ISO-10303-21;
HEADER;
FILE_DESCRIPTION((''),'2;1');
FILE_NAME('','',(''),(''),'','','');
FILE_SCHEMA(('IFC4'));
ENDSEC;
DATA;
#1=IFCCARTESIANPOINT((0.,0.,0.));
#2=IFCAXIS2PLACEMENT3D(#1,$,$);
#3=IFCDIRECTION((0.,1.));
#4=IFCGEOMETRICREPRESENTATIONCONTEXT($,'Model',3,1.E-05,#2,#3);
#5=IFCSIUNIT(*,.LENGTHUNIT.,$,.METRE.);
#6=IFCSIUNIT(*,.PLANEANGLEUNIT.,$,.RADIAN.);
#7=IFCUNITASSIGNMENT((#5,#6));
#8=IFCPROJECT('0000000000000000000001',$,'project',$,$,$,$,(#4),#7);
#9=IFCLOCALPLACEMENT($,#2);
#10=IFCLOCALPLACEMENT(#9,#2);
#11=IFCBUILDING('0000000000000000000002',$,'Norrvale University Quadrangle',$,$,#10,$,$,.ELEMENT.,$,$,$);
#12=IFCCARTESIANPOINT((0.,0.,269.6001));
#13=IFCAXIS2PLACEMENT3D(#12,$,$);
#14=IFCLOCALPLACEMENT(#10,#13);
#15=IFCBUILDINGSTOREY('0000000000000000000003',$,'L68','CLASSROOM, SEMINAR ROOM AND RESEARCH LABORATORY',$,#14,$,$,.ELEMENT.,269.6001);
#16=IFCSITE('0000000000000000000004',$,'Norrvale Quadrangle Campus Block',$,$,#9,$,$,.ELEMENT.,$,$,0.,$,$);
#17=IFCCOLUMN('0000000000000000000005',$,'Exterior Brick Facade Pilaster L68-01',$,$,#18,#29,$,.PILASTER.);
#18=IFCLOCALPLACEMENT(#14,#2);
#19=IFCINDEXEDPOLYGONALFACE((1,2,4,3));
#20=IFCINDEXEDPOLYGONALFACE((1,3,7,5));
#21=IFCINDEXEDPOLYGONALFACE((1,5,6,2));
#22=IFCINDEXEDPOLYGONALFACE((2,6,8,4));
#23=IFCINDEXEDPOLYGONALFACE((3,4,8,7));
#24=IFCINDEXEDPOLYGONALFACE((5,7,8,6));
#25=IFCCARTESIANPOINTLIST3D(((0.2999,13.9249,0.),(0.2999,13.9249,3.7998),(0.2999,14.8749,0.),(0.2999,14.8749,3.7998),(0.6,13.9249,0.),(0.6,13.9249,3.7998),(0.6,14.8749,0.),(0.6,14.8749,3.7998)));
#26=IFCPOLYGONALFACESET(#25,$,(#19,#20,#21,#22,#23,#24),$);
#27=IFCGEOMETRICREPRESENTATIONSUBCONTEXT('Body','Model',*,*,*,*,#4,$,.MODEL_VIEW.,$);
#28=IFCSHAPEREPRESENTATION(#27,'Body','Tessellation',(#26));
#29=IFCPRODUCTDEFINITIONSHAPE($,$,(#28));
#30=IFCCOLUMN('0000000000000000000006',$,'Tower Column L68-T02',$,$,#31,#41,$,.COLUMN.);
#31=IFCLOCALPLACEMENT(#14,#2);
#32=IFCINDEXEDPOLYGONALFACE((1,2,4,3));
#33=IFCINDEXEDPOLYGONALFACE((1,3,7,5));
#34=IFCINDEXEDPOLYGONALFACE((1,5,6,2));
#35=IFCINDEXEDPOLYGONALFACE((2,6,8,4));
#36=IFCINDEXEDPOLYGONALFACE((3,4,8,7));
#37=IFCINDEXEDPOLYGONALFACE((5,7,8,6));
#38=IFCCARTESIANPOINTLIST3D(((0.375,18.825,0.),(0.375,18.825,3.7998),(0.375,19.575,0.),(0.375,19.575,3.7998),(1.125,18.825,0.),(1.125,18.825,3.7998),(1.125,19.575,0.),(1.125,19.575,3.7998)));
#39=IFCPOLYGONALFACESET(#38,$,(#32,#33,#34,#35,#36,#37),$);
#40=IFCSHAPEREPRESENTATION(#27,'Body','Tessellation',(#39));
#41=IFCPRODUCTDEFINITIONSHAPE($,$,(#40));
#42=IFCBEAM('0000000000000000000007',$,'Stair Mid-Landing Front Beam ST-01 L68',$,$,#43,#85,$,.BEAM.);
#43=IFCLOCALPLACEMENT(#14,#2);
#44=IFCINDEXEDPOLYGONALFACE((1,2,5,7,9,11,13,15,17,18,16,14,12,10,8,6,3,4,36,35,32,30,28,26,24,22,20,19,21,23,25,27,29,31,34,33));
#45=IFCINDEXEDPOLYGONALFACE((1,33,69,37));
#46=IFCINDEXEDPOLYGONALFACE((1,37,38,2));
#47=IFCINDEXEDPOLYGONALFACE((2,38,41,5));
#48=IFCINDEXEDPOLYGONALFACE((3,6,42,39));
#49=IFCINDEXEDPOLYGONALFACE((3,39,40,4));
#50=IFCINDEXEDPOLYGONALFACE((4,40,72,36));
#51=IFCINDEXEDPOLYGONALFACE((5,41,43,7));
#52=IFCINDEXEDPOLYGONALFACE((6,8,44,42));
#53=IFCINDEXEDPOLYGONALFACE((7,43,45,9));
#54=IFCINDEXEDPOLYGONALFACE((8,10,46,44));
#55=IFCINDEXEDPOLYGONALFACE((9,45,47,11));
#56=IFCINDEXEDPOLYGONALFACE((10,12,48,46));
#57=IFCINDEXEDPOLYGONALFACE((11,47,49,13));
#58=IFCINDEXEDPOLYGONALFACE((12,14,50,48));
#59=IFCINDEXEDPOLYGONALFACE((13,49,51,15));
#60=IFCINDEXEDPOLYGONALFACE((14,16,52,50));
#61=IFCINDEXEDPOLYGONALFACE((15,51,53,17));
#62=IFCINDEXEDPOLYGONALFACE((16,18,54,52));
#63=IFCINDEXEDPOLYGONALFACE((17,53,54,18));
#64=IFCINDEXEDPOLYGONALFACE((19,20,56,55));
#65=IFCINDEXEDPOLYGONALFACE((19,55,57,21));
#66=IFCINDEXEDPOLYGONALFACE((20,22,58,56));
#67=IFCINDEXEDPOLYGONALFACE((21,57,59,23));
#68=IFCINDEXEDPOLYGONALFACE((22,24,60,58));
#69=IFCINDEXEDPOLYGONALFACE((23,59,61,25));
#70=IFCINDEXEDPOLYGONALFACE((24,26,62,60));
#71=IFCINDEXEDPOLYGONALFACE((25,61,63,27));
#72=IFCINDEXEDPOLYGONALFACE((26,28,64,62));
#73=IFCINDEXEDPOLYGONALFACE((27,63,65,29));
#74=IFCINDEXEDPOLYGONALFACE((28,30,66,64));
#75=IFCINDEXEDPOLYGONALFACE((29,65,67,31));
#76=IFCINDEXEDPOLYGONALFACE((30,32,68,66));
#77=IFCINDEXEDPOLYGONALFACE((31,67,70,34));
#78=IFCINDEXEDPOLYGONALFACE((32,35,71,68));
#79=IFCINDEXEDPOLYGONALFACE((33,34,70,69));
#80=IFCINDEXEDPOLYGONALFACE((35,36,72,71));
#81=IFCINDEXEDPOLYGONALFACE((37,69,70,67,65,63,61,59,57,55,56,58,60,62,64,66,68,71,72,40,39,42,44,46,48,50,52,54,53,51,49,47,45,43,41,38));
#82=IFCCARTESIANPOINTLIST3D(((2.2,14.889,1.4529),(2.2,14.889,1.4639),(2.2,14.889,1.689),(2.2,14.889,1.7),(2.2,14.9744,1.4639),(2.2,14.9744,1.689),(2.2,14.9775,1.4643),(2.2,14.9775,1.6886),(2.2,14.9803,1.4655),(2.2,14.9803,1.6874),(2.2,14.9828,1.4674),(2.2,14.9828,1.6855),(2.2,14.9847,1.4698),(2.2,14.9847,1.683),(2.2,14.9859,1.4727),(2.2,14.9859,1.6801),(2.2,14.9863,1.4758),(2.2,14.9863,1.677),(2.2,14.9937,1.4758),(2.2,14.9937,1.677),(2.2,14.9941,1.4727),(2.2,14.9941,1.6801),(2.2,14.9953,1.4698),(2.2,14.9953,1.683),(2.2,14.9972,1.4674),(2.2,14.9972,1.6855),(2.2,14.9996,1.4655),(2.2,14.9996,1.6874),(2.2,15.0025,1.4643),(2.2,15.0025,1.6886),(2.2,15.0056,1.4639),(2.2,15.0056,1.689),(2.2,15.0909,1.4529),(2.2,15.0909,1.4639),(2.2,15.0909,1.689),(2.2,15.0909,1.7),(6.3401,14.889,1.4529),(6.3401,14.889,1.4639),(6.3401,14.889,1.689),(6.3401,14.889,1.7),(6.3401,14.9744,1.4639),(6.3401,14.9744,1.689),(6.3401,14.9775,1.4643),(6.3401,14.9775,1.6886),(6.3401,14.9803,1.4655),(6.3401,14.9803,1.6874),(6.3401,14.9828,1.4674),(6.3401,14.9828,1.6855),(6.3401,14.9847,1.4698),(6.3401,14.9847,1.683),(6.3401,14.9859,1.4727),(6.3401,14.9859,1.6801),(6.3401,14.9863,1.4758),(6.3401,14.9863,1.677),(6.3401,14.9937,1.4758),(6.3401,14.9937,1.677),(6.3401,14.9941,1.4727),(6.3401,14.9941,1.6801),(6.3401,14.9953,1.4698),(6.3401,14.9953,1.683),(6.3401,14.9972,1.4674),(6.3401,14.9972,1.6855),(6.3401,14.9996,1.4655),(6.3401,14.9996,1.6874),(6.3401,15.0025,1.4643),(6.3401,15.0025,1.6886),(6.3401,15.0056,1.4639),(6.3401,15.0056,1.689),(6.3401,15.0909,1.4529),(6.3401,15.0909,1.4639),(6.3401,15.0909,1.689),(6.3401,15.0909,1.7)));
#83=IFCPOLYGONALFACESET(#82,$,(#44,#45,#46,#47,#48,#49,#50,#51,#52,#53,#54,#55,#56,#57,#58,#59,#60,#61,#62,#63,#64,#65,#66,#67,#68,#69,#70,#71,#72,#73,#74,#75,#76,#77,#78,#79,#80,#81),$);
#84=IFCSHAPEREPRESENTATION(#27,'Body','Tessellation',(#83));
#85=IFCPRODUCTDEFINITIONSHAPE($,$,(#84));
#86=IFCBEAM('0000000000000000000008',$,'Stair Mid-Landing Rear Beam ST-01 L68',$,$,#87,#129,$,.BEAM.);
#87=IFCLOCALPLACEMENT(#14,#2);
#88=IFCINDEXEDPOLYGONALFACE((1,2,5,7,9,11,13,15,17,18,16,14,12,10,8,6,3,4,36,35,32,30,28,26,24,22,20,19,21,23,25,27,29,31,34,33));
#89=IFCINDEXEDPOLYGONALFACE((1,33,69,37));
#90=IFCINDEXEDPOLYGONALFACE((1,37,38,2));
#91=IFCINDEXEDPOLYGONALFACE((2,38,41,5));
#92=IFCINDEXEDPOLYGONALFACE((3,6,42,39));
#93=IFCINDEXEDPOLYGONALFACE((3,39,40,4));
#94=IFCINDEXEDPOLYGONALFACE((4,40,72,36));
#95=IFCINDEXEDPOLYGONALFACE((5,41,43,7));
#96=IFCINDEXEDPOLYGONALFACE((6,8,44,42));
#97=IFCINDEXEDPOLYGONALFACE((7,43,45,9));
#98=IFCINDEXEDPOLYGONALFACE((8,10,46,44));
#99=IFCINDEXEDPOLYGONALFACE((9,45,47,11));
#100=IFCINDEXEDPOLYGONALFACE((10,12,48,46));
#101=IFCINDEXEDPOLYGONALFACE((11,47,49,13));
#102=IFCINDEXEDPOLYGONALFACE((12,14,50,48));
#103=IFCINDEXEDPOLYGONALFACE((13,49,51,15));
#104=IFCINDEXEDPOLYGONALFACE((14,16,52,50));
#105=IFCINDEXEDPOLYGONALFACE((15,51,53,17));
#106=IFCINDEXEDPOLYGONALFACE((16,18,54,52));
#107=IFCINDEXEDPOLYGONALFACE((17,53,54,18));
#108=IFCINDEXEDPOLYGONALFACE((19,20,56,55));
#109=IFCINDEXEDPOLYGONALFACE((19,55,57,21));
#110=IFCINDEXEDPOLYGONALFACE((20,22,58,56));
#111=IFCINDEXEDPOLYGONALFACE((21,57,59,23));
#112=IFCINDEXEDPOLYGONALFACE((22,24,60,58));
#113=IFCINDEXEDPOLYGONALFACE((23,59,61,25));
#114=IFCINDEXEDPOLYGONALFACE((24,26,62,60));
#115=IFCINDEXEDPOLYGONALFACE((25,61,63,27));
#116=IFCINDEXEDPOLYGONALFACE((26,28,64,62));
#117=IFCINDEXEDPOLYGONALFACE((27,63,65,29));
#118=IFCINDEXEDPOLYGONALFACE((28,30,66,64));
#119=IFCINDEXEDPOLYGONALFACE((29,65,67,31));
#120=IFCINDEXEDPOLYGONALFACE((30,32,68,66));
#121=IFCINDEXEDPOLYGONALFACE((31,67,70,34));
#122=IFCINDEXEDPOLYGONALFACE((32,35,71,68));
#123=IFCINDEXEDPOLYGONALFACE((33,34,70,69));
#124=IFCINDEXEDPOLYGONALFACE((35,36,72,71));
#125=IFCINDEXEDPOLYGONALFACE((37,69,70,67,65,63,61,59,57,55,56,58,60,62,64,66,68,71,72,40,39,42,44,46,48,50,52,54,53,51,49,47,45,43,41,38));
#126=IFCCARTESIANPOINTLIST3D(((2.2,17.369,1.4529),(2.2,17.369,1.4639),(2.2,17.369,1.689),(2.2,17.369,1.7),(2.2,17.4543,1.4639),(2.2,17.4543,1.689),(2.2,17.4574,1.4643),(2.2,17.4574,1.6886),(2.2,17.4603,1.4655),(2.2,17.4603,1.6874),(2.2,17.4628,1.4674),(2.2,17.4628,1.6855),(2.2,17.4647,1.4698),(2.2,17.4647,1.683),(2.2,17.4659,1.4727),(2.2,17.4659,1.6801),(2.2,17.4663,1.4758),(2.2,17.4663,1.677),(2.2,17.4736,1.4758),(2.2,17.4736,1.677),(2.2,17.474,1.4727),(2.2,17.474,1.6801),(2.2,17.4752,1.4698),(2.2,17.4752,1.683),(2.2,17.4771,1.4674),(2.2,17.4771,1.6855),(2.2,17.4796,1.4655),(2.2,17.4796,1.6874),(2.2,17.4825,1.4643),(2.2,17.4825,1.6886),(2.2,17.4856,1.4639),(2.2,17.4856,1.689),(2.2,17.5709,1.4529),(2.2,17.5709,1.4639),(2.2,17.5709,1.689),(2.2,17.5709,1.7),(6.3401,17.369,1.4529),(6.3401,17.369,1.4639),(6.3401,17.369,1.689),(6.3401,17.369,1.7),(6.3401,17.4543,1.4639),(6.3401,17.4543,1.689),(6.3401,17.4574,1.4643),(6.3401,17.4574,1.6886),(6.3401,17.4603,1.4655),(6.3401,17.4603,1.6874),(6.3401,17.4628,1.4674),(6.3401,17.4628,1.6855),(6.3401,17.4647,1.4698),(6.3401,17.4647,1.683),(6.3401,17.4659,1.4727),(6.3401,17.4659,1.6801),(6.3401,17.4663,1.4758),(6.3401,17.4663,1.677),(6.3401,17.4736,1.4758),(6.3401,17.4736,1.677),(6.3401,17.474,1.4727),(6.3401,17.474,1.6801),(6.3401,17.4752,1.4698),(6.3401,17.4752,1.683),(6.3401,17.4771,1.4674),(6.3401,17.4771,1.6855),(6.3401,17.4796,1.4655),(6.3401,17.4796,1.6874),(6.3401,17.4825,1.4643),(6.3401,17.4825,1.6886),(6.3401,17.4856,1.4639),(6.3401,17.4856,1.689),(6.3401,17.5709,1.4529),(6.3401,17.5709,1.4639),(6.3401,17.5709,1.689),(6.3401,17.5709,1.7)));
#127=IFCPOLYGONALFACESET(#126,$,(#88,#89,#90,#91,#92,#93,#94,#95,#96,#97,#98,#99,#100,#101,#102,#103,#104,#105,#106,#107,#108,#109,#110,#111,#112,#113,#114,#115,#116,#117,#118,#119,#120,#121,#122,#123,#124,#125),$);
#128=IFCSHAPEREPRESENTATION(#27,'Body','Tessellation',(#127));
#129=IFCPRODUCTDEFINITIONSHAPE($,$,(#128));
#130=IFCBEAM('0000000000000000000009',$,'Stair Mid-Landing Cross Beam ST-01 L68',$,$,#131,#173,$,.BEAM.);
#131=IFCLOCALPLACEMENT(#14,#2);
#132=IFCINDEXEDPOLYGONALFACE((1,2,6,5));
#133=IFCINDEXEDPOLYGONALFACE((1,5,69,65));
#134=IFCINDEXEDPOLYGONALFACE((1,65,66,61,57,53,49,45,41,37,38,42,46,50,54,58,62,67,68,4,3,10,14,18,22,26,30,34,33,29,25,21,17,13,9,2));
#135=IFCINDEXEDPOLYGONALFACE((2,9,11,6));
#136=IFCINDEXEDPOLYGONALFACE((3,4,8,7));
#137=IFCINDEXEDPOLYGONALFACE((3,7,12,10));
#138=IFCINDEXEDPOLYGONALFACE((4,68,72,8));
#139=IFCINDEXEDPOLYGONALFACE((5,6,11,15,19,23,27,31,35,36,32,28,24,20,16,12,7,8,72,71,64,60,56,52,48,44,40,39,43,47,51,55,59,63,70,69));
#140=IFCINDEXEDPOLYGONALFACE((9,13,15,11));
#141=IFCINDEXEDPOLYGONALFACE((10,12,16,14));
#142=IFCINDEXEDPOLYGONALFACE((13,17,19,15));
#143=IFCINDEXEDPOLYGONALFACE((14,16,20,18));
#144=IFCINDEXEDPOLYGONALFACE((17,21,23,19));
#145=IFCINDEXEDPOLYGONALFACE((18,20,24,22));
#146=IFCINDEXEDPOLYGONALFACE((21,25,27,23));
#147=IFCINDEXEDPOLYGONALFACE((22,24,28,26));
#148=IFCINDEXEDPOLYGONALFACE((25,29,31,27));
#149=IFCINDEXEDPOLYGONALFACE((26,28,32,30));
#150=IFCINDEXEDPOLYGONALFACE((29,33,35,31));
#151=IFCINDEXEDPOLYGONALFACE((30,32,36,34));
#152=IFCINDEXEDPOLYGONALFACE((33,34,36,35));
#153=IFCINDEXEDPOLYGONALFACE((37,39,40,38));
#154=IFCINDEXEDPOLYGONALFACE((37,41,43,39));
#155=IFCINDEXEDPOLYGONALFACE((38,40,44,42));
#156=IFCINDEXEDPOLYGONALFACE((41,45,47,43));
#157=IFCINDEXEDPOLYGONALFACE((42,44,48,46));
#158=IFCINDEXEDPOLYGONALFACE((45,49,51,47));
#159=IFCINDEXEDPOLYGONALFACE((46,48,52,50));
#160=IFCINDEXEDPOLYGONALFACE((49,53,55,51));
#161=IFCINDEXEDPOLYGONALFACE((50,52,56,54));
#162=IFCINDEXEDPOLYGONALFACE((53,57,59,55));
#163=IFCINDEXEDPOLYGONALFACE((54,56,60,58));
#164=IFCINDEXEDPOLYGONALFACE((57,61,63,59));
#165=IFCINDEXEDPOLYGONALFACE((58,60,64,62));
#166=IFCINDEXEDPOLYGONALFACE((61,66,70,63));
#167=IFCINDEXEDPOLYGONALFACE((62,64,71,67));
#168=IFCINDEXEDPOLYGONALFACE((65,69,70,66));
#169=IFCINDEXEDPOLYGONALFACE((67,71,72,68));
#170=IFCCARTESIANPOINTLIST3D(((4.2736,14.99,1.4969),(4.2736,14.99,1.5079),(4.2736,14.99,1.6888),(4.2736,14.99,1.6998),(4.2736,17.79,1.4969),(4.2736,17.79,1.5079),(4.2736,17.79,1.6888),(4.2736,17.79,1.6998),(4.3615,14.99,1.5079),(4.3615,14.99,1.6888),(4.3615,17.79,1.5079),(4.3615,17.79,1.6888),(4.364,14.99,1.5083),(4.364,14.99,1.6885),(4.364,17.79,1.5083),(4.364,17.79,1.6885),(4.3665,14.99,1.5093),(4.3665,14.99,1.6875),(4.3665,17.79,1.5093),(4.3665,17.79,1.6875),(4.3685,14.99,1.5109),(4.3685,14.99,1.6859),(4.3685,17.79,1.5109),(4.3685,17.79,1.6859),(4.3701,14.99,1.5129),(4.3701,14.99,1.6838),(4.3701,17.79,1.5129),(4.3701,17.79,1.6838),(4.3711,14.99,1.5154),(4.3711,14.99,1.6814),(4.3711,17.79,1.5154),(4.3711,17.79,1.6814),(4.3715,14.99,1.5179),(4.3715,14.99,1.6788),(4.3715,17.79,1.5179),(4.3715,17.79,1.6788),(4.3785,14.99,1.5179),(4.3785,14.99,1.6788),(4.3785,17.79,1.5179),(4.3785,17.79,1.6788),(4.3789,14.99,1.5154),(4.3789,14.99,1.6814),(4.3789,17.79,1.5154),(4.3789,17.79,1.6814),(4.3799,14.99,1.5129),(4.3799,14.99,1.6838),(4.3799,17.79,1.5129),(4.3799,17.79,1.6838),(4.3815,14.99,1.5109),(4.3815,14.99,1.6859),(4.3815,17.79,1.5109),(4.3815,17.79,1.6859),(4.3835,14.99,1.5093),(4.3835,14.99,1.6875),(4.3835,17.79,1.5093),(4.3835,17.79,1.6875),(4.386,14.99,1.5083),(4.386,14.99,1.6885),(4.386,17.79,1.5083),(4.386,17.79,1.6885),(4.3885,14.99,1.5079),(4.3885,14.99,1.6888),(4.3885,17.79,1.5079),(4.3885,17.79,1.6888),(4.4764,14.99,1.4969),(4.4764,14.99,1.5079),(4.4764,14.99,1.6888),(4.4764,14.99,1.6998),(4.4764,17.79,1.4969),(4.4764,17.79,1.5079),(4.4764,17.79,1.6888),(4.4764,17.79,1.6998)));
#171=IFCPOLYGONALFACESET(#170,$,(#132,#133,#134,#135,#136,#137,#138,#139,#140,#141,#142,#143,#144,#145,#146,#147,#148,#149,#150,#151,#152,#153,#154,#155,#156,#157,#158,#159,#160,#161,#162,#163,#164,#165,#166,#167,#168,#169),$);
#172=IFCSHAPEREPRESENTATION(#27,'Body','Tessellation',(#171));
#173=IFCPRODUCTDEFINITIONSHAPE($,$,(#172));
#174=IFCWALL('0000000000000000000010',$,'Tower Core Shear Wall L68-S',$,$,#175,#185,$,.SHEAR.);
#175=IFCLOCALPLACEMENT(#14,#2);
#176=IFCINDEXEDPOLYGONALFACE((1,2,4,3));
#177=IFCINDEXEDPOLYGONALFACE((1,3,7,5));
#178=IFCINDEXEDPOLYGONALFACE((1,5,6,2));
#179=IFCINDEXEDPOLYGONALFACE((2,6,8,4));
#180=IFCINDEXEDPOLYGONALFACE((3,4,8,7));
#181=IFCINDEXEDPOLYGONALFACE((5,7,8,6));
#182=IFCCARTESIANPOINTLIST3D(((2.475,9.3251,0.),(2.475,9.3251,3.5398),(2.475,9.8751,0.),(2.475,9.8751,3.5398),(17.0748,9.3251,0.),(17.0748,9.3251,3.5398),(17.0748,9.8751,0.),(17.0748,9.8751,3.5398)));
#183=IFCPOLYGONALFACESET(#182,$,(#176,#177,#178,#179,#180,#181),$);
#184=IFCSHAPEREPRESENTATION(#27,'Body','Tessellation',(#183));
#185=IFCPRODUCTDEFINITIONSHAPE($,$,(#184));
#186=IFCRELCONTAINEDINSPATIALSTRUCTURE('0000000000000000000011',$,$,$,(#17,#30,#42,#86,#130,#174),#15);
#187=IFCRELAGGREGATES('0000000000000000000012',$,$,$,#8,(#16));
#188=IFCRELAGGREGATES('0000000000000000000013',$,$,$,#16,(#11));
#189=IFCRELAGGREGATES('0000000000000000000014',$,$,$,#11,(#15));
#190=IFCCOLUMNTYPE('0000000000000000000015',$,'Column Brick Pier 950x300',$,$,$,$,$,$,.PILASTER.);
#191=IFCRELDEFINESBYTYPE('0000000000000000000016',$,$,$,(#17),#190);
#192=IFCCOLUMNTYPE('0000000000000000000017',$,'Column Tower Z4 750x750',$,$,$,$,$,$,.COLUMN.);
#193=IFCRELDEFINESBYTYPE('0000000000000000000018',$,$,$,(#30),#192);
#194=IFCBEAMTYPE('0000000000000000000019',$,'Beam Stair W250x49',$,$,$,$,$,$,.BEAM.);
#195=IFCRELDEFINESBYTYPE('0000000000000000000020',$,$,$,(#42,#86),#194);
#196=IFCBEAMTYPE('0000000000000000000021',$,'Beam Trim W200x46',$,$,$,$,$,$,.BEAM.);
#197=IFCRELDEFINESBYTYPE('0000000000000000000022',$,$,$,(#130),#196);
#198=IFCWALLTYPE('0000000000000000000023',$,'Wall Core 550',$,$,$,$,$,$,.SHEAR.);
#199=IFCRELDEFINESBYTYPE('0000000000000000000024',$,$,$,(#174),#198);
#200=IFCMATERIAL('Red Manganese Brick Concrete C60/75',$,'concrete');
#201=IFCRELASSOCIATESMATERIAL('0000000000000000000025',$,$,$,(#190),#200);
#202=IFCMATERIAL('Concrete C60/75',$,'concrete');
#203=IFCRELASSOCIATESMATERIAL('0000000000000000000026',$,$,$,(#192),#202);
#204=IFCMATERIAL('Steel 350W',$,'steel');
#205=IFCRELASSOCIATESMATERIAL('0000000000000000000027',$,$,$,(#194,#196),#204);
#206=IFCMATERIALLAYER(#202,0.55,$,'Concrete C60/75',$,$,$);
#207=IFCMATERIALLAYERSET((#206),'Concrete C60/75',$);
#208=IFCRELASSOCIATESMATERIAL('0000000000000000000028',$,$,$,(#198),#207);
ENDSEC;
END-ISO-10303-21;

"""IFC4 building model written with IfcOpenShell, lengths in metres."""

from ifc_helpers import new_model, si_unit, direction, frame, frame_2d, origin, origin_2d, place, context, subcontext, project, spatial, rectangle, i_section, extrude, material, layer, layer_set, material_profile, profile_set, type_object, element, save


model = new_model("IFC4")

# Units and contexts
model_context = context("Model", 3, precision=1e-05, world=origin(), true_north=direction((0.0, 1.0)))
body_context = subcontext(model_context, "Body", "Model", "MODEL_VIEW")
ifc_project = project(units=[si_unit("LENGTHUNIT", "METRE"), si_unit("PLANEANGLEUNIT", "RADIAN")], contexts=[model_context])

# Site, building, storey
site_placement = place(None, origin())
site = spatial("IfcSite", under=ifc_project, at=site_placement, Name="Norrvale Quadrangle Campus Block", CompositionType="ELEMENT", RefElevation=0.0)
building_placement = place(site_placement, origin())
building = spatial("IfcBuilding", under=site, at=building_placement, Name="Norrvale University Quadrangle", CompositionType="ELEMENT")
storey_placement = place(building_placement, frame((0.0, 0.0, 269.6001)))
storey = spatial("IfcBuildingStorey", under=building, at=storey_placement, Name="L68", Description="CLASSROOM, SEMINAR ROOM AND RESEARCH LABORATORY", CompositionType="ELEMENT", Elevation=269.6001)

# Columns
ifc_material_1 = material(Name="Red Manganese Brick Concrete C60/75", Category="concrete")
ifc_material_profile_1 = material_profile(ifc_material_1, rectangle(XDim=0.95, YDim=0.3, at=origin_2d()), Name="Red Manganese Brick Concrete C60/75")
ifc_profile_set_1 = profile_set([ifc_material_profile_1], Name="Red Manganese Brick Concrete C60/75")
column_type_1 = type_object("IfcColumnType", Name="Column Brick Pier 950x300", PredefinedType="PILASTER", material=ifc_profile_set_1)
column_1_placement = place(storey_placement, frame((0.45, 14.3999, 0.0), z_axis=(0.0, 0.0, 1.0), x_axis=(0.0, 1.0, 0.0)))
element("IfcColumn", 1, at=column_1_placement, inside=storey, type_object=column_type_1, Name="Exterior Brick Facade Pilaster L68-01", PredefinedType="PILASTER", context=body_context, shape_type="SweptSolid", body=[
    extrude(rectangle(XDim=0.95, YDim=0.3, at=origin_2d()), origin(), (0.0, 0.0, 1.0), 3.7998),
])
ifc_material_2 = material(Name="Concrete C60/75", Category="concrete")
ifc_material_profile_2 = material_profile(ifc_material_2, rectangle(XDim=0.75, YDim=0.75, at=origin_2d()), Name="Concrete C60/75")
ifc_profile_set_2 = profile_set([ifc_material_profile_2], Name="Concrete C60/75")
column_type_2 = type_object("IfcColumnType", Name="Column Tower Z4 750x750", PredefinedType="COLUMN", material=ifc_profile_set_2)
column_2_placement = place(storey_placement, frame((0.75, 19.2, 0.0), z_axis=(0.0, 0.0, 1.0), x_axis=(1.0, 0.0, 0.0)))
element("IfcColumn", 2, at=column_2_placement, inside=storey, type_object=column_type_2, Name="Tower Column L68-T02", PredefinedType="COLUMN", context=body_context, shape_type="SweptSolid", body=[
    extrude(rectangle(XDim=0.75, YDim=0.75, at=origin_2d()), origin(), (0.0, 0.0, 1.0), 3.7998),
])

# Beams
ifc_material_3 = material(Name="Steel 350W", Category="steel")
ifc_material_profile_3 = material_profile(ifc_material_3, i_section(OverallWidth=0.2019, OverallDepth=0.2471, WebThickness=0.0073, FlangeThickness=0.011, FilletRadius=0.012, at=origin_2d()), Name="Steel 350W")
ifc_profile_set_3 = profile_set([ifc_material_profile_3], Name="Steel 350W")
beam_type_1 = type_object("IfcBeamType", Name="Beam Stair W250x49", PredefinedType="BEAM", material=ifc_profile_set_3)
for number, where, z_axis, x_axis, name in (
    (3, (2.2, 14.99, 1.5764), (1.0, 0.0, 0.0), (0.0, 1.0, 0.0), "Stair Mid-Landing Front Beam ST-01 L68"),
    (4, (2.2, 17.47, 1.5764), (1.0, 0.0, 0.0), (0.0, 1.0, 0.0), "Stair Mid-Landing Rear Beam ST-01 L68"),
):
    element("IfcBeam", number, at=place(storey_placement, frame(where, z_axis=z_axis, x_axis=x_axis)), inside=storey, type_object=beam_type_1, Name=name, PredefinedType="BEAM", context=body_context, shape_type="SweptSolid", body=[
        extrude(i_section(OverallWidth=0.2019, OverallDepth=0.2471, WebThickness=0.0073, FlangeThickness=0.011, FilletRadius=0.012, at=origin_2d()), origin(), (0.0, 0.0, 1.0), 4.1401),
    ])
ifc_material_profile_4 = material_profile(ifc_material_3, i_section(OverallWidth=0.2029, OverallDepth=0.2029, WebThickness=0.0071, FlangeThickness=0.011, FilletRadius=0.01, at=origin_2d()), Name="Steel 350W")
ifc_profile_set_4 = profile_set([ifc_material_profile_4], Name="Steel 350W")
beam_type_2 = type_object("IfcBeamType", Name="Beam Trim W200x46", PredefinedType="BEAM", material=ifc_profile_set_4)
beam_placement = place(storey_placement, frame((4.375, 14.99, 1.5984), z_axis=(0.0, 1.0, 0.0), x_axis=(-1.0, 0.0, 0.0)))
element("IfcBeam", 5, at=beam_placement, inside=storey, type_object=beam_type_2, Name="Stair Mid-Landing Cross Beam ST-01 L68", PredefinedType="BEAM", context=body_context, shape_type="SweptSolid", body=[
    extrude(i_section(OverallWidth=0.2029, OverallDepth=0.2029, WebThickness=0.0071, FlangeThickness=0.011, FilletRadius=0.01, at=origin_2d()), origin(), (0.0, 0.0, 1.0), 2.8),
])

# Wall
ifc_layer_1 = layer(ifc_material_2, 0.55, Name="Concrete C60/75")
ifc_layer_set_1 = layer_set([ifc_layer_1], Name="Concrete C60/75")
wall_type_1 = type_object("IfcWallType", Name="Wall Core 550", PredefinedType="SHEAR", material=ifc_layer_set_1)
wall_1_placement = place(storey_placement, frame((2.4751, 9.6001, 0.0), z_axis=(0.0, 0.0, 1.0), x_axis=(1.0, 0.0, 0.0)))
element("IfcWall", 6, at=wall_1_placement, inside=storey, type_object=wall_type_1, Name="Tower Core Shear Wall L68-S", PredefinedType="SHEAR", context=body_context, shape_type="SweptSolid", body=[
    extrude(rectangle(XDim=14.5999, YDim=0.55, at=frame_2d((7.2998, 0.0))), origin(), (0.0, 0.0, 1.0), 3.5398),
])

save(model, "model.ifc")
